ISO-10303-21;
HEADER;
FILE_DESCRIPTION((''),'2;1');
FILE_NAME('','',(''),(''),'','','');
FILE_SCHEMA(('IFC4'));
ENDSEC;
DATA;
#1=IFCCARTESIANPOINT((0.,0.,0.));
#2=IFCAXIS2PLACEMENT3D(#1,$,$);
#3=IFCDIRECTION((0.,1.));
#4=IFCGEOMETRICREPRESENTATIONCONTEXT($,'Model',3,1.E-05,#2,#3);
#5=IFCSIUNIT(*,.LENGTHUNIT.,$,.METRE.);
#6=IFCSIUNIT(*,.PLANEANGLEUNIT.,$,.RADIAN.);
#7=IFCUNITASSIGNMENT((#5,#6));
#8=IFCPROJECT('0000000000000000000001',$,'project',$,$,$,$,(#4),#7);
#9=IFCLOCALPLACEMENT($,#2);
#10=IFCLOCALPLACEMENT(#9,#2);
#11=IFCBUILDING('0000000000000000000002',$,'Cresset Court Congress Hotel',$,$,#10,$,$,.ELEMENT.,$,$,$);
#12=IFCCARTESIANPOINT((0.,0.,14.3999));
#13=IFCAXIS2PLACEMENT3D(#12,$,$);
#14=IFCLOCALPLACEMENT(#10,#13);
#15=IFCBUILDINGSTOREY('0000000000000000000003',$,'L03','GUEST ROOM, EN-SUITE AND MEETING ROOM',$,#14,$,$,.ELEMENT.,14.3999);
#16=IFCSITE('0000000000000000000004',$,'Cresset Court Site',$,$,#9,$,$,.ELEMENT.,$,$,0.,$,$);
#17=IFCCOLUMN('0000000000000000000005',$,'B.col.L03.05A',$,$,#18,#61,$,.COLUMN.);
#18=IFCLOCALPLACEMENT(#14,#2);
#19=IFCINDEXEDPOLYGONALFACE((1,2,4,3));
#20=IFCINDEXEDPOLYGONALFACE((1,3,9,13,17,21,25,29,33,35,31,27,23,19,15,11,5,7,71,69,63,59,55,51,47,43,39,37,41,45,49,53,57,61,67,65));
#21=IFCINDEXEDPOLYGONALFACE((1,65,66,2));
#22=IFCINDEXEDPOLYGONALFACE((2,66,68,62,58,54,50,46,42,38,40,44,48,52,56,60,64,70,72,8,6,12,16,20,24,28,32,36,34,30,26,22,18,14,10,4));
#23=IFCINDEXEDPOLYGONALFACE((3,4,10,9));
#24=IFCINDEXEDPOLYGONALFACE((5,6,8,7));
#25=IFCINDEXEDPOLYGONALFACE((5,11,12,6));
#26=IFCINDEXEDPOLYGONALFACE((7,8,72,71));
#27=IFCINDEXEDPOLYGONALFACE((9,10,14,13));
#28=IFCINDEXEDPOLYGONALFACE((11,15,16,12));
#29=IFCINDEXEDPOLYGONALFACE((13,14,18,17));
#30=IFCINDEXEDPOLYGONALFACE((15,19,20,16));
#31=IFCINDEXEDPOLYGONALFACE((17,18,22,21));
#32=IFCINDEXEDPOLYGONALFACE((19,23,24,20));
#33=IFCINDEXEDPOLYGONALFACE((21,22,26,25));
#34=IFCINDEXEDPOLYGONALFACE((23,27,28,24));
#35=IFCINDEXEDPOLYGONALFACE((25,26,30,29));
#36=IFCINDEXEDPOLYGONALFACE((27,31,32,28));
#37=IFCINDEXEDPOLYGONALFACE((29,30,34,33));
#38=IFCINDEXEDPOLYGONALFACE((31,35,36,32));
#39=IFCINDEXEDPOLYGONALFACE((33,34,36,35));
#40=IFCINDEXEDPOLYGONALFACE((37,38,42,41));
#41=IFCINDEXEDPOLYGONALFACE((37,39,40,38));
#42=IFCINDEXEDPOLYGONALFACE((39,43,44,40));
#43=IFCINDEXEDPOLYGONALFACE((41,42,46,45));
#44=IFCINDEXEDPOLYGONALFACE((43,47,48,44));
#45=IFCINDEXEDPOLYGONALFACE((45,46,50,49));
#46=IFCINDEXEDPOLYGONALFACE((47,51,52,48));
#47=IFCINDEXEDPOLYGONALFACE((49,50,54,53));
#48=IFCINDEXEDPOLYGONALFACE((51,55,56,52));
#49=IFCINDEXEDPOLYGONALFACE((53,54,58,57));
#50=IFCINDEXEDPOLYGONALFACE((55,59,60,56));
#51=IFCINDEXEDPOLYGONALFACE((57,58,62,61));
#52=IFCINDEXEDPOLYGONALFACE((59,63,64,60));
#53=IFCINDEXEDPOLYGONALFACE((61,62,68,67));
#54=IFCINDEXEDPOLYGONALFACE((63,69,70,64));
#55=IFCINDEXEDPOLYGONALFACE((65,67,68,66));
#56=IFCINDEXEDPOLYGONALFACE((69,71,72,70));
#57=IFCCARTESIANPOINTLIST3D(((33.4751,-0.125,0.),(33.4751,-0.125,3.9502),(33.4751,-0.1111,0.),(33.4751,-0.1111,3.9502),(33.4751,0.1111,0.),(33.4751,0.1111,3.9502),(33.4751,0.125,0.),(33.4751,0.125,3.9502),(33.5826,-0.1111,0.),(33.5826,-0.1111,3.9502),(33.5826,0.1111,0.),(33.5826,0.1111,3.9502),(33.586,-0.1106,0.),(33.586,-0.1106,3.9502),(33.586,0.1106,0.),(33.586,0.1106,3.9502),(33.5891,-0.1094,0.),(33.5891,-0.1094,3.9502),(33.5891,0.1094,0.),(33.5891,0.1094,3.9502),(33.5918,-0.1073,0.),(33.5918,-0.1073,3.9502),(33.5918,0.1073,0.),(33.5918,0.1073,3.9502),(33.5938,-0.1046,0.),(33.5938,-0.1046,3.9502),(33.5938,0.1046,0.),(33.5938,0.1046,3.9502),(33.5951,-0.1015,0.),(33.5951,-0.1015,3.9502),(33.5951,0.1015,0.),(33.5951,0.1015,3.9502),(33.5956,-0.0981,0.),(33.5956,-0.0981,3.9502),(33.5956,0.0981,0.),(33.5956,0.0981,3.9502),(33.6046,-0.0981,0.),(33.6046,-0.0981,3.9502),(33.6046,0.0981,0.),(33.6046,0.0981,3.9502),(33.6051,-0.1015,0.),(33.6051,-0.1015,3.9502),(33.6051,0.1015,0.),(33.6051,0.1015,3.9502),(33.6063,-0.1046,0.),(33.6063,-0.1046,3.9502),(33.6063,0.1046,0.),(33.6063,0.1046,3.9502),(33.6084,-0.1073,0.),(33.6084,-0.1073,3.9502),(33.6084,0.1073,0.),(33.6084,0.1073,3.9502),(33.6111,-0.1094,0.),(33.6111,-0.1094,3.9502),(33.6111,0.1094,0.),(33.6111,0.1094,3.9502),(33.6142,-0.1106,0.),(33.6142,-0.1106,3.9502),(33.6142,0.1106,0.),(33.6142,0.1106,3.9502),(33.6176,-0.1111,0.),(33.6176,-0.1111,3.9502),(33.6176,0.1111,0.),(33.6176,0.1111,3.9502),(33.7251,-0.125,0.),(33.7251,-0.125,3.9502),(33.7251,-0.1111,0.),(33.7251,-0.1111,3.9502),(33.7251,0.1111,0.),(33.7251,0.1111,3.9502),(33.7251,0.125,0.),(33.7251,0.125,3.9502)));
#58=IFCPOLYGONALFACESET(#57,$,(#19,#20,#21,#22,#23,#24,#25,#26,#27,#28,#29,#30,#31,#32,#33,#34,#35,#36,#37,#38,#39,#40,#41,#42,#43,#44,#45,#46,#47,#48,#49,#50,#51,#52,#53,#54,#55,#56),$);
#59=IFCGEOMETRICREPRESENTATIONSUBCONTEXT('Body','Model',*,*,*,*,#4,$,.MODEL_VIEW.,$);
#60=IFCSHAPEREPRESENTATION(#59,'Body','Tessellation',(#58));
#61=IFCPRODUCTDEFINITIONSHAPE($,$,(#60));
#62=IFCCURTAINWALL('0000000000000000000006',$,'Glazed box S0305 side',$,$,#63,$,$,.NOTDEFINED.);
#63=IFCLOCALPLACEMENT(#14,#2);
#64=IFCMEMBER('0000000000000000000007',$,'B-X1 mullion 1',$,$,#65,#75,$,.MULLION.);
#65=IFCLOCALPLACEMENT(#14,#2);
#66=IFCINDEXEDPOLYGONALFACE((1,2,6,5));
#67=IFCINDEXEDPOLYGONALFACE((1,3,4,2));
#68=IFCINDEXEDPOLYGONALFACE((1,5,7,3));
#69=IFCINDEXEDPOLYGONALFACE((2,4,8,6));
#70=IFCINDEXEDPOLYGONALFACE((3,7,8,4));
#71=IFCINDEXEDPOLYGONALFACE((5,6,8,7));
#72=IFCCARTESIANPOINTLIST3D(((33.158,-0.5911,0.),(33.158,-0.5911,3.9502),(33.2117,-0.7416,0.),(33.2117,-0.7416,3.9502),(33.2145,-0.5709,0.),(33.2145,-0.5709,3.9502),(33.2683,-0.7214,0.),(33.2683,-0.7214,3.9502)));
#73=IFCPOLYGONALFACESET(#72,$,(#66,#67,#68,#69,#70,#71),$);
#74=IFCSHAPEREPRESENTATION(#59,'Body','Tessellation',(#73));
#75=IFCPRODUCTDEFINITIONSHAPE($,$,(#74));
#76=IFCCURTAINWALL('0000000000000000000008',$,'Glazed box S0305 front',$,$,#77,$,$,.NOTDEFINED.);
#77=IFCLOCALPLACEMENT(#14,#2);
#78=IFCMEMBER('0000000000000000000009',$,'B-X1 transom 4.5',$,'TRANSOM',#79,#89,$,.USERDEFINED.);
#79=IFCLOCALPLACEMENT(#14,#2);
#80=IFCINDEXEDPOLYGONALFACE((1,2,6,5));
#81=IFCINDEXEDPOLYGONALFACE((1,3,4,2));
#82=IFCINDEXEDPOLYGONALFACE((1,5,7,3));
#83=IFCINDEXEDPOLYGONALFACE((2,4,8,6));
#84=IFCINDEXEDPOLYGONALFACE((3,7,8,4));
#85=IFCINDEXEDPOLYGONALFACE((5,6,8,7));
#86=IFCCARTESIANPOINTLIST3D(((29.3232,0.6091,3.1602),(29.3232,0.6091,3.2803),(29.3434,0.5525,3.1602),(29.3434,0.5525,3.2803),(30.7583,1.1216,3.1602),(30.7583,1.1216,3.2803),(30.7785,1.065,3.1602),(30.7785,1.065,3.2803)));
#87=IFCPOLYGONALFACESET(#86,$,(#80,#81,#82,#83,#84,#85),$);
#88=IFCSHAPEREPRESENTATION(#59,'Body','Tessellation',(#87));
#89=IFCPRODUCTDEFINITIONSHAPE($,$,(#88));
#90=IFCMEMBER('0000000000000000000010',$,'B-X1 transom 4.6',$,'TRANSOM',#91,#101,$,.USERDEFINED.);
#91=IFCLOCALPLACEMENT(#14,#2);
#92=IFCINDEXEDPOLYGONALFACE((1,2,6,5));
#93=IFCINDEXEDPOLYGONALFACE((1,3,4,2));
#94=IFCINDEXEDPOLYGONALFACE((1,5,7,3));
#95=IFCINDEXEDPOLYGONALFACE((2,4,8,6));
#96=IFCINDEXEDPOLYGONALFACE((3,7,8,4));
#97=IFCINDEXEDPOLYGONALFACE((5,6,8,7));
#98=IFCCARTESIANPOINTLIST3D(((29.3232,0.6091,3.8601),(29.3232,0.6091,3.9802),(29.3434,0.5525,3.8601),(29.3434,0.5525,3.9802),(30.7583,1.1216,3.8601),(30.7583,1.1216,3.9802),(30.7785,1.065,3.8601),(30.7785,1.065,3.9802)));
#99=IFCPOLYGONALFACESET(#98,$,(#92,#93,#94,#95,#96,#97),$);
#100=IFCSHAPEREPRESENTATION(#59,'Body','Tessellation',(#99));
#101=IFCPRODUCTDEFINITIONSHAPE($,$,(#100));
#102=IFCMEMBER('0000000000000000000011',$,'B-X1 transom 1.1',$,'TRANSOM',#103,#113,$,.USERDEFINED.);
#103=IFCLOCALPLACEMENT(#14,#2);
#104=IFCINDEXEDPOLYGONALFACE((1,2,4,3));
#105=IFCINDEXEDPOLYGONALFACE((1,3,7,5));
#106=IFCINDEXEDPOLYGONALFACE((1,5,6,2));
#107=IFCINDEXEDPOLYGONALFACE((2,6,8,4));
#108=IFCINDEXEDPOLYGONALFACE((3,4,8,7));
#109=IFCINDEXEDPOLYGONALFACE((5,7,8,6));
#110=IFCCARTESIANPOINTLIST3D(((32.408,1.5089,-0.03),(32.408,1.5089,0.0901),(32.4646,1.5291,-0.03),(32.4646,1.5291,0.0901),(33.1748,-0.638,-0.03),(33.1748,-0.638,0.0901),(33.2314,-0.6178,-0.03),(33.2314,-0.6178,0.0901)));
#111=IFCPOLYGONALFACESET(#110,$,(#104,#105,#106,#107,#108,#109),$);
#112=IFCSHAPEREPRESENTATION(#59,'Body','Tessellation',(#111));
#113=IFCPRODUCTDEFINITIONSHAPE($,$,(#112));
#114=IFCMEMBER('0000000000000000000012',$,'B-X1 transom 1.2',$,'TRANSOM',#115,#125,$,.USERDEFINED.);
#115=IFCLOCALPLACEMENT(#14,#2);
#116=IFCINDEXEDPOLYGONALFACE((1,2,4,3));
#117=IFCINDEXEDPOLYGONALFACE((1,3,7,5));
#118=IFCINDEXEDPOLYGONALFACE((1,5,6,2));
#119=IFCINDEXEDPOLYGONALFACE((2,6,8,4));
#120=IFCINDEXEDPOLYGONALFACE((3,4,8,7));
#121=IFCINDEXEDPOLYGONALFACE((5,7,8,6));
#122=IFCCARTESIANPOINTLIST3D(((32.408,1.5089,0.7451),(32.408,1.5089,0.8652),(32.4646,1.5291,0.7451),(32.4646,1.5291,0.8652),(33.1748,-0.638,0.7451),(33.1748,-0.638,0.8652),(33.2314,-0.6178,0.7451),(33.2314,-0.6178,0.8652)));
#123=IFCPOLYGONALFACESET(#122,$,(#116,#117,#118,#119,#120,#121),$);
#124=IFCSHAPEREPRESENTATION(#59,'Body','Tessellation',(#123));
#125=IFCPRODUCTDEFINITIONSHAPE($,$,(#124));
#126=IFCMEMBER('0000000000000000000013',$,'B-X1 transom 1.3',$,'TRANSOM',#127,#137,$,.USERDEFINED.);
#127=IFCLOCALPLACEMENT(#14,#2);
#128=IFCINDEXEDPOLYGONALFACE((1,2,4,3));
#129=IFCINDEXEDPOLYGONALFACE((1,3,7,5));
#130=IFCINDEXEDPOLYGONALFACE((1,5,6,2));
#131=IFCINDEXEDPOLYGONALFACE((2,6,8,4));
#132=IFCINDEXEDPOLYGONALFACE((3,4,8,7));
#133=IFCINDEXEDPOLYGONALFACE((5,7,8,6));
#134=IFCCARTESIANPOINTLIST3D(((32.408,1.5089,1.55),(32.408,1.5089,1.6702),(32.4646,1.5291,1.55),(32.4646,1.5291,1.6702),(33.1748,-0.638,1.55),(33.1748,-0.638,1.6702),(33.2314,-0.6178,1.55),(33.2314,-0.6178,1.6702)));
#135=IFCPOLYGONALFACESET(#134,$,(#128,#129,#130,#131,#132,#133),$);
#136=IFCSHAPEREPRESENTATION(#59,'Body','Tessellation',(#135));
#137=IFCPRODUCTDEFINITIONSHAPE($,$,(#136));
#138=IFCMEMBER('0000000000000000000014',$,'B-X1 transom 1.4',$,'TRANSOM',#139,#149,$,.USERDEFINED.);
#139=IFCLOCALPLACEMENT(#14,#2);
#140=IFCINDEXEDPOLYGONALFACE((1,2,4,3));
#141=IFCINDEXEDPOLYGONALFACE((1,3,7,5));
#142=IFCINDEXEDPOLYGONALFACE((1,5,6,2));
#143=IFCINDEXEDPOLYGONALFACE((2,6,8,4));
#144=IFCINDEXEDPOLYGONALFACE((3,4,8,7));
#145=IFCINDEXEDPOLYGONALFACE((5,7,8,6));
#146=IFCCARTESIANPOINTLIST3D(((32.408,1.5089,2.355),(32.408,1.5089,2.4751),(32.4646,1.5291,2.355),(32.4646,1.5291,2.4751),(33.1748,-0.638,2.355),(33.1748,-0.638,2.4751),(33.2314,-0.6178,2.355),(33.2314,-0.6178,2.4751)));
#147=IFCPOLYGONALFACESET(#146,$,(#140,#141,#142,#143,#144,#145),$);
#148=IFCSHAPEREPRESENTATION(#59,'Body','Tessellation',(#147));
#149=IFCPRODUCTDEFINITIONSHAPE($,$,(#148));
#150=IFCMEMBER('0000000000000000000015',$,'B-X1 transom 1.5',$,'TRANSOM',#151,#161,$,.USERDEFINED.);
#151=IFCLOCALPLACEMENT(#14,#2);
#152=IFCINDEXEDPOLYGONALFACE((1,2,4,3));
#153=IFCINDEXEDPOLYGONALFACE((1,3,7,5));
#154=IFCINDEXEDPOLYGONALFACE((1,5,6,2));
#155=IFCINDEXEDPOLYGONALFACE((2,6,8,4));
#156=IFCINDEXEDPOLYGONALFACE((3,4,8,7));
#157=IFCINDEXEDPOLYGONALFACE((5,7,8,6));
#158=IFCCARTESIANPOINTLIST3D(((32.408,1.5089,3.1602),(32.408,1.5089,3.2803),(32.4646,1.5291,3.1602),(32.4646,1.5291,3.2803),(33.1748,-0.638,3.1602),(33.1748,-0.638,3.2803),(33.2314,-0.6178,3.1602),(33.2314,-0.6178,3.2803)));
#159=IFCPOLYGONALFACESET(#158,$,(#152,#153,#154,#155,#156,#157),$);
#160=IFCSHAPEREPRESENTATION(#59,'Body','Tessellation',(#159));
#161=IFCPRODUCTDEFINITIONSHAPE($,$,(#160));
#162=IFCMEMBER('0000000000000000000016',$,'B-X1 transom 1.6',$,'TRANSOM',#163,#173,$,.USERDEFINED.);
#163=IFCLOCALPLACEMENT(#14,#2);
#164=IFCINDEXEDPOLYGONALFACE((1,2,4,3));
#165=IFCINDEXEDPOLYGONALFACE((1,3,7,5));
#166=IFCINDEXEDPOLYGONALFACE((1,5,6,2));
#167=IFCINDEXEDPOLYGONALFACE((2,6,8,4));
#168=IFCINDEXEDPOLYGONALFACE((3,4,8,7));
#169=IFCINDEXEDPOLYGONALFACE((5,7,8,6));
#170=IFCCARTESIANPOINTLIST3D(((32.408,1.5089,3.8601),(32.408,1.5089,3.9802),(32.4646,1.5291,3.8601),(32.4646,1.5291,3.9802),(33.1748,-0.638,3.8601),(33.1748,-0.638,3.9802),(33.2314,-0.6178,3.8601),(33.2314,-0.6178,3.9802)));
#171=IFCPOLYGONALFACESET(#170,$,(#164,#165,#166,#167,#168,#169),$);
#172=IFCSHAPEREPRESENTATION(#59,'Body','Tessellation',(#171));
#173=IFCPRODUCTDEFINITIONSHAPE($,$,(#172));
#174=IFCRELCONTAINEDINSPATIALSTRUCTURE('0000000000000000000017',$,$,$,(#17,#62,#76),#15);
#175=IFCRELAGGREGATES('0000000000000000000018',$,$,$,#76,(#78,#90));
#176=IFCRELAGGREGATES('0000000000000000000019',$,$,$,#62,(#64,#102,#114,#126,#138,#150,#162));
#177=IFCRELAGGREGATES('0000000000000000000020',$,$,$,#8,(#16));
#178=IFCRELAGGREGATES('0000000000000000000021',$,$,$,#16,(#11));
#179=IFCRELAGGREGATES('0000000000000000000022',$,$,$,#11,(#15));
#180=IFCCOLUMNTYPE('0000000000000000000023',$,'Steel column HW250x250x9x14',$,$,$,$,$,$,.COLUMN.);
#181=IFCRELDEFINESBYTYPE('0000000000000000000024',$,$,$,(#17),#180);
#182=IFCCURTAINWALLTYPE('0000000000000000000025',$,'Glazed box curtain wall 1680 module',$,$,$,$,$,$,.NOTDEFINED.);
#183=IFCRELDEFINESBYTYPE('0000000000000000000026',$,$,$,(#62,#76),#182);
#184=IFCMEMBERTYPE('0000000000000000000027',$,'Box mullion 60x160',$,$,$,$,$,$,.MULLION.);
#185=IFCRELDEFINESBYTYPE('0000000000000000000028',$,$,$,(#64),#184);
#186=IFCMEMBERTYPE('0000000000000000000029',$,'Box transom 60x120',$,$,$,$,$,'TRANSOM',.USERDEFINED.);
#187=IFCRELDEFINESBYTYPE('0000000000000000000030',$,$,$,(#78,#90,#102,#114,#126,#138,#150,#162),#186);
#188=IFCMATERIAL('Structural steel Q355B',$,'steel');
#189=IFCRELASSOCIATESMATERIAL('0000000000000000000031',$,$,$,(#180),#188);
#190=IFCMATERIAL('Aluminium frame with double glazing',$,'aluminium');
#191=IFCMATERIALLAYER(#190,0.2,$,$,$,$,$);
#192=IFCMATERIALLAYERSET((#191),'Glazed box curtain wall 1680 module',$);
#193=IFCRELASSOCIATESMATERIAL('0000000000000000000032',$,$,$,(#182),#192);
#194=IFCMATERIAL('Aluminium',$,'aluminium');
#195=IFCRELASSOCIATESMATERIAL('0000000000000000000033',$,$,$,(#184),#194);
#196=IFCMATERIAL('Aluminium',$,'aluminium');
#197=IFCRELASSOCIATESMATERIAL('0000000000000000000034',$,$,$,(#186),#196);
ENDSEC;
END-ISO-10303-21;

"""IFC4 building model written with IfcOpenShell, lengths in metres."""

from ifc_helpers import new_model, si_unit, direction, frame, origin, origin_2d, place, context, subcontext, project, spatial, rectangle, i_section, extrude, material, layer, layer_set, material_profile, profile_set, type_object, element, aggregate, save


model = new_model("IFC4")

# Units and contexts
model_context = context("Model", 3, precision=1e-05, world=origin(), true_north=direction((0.0, 1.0)))
body_context = subcontext(model_context, "Body", "Model", "MODEL_VIEW")
ifc_project = project(units=[si_unit("LENGTHUNIT", "METRE"), si_unit("PLANEANGLEUNIT", "RADIAN")], contexts=[model_context])

# Site, building, storey
site_placement = place(None, origin())
site = spatial("IfcSite", under=ifc_project, at=site_placement, Name="Cresset Court Site", CompositionType="ELEMENT", RefElevation=0.0)
building_placement = place(site_placement, origin())
building = spatial("IfcBuilding", under=site, at=building_placement, Name="Cresset Court Congress Hotel", CompositionType="ELEMENT")
storey_placement = place(building_placement, frame((0.0, 0.0, 14.3999)))
storey = spatial("IfcBuildingStorey", under=building, at=storey_placement, Name="L03", Description="GUEST ROOM, EN-SUITE AND MEETING ROOM", CompositionType="ELEMENT", Elevation=14.3999)

# Column
ifc_material_1 = material(Name="Structural steel Q355B", Category="steel")
ifc_material_profile_1 = material_profile(ifc_material_1, i_section(OverallWidth=0.25, OverallDepth=0.25, WebThickness=0.009, FlangeThickness=0.0139, FilletRadius=0.0129, at=origin_2d()), Name="HW250x250x9x14")
ifc_profile_set_1 = profile_set([ifc_material_profile_1], Name="Structural steel Q355B")
column_type = type_object("IfcColumnType", Name="Steel column HW250x250x9x14", PredefinedType="COLUMN", material=ifc_profile_set_1)
column_placement = place(storey_placement, frame((33.6001, 0.0, 0.0), z_axis=(0.0, 0.0, 1.0), x_axis=(1.0, 0.0, 0.0)))
element("IfcColumn", 1, at=column_placement, inside=storey, type_object=column_type, Name="B.col.L03.05A", PredefinedType="COLUMN", context=body_context, shape_type="SweptSolid", body=[
    extrude(i_section(OverallWidth=0.25, OverallDepth=0.25, WebThickness=0.009, FlangeThickness=0.0139, FilletRadius=0.0129, at=origin_2d()), origin(), (0.0, 0.0, 1.0), 3.9502),
])

# Curtain wall, member
ifc_material_2 = material(Name="Aluminium frame with double glazing", Category="aluminium")
ifc_layer_1 = layer(ifc_material_2, 0.2)
ifc_layer_set_1 = layer_set([ifc_layer_1], Name="Glazed box curtain wall 1680 module")
curtain_wall_type = type_object("IfcCurtainWallType", Name="Glazed box curtain wall 1680 module", PredefinedType="NOTDEFINED", material=ifc_layer_set_1)
curtain_wall_1_placement = place(storey_placement, origin())
curtain_wall_1 = element("IfcCurtainWall", 2, at=curtain_wall_1_placement, inside=storey, type_object=curtain_wall_type, Name="Glazed box S0305 side", PredefinedType="NOTDEFINED")
ifc_material_3 = material(Name="Aluminium", Category="aluminium")
ifc_material_profile_2 = material_profile(ifc_material_3, rectangle(XDim=0.0601, YDim=0.1599, at=origin_2d()), Name="Box mullion 60x160")
ifc_profile_set_2 = profile_set([ifc_material_profile_2], Name="Aluminium")
member_type_1 = type_object("IfcMemberType", Name="Box mullion 60x160", PredefinedType="MULLION", material=ifc_profile_set_2)
member_1_placement = place(storey_placement, frame((33.2131, -0.6562, 0.0), z_axis=(0.0, 0.0, 1.0), x_axis=(-0.941742, -0.336336, 0.0)))
member_1 = element("IfcMember", 3, at=member_1_placement, type_object=member_type_1, Name="B-X1 mullion 1", PredefinedType="MULLION", context=body_context, shape_type="SweptSolid", body=[
    extrude(rectangle(XDim=0.0601, YDim=0.1599, at=origin_2d()), origin(), (0.0, 0.0, 1.0), 3.9502),
])

# Curtain wall, members
curtain_wall_2_placement = place(storey_placement, origin())
curtain_wall_2 = element("IfcCurtainWall", 4, at=curtain_wall_2_placement, inside=storey, type_object=curtain_wall_type, Name="Glazed box S0305 front", PredefinedType="NOTDEFINED")
ifc_material_4 = material(Name="Aluminium", Category="aluminium")
ifc_material_profile_3 = material_profile(ifc_material_4, rectangle(XDim=0.0601, YDim=0.1201, at=origin_2d()), Name="Box transom 60x120")
ifc_profile_set_3 = profile_set([ifc_material_profile_3], Name="Aluminium")
member_type_2 = type_object("IfcMemberType", Name="Box transom 60x120", ElementType="TRANSOM", PredefinedType="USERDEFINED", material=ifc_profile_set_3)
member_2_placement = place(storey_placement, frame((29.3333, 0.5808, 3.2202), z_axis=(0.941756, 0.336296, 0.0), x_axis=(-0.336296, 0.941756, 0.0)))
member_2 = element("IfcMember", 5, at=member_2_placement, type_object=member_type_2, Name="B-X1 transom 4.5", ObjectType="TRANSOM", PredefinedType="USERDEFINED", context=body_context, shape_type="SweptSolid", body=[
    extrude(rectangle(XDim=0.0601, YDim=0.1201, at=origin_2d()), origin(), (0.0, 0.0, 1.0), 1.5239),
])
member_3_placement = place(storey_placement, frame((29.3333, 0.5808, 3.9202), z_axis=(0.941756, 0.336296, 0.0), x_axis=(-0.336296, 0.941756, 0.0)))
member_3 = element("IfcMember", 6, at=member_3_placement, type_object=member_type_2, Name="B-X1 transom 4.6", ObjectType="TRANSOM", PredefinedType="USERDEFINED", context=body_context, shape_type="SweptSolid", body=[
    extrude(rectangle(XDim=0.0601, YDim=0.1201, at=origin_2d()), origin(), (0.0, 0.0, 1.0), 1.5239),
])
aggregate(curtain_wall_2, [member_2, member_3])

# Members
member_4_placement = place(storey_placement, frame((33.2031, -0.6279, 0.03), z_axis=(-0.336364, 0.941732, 0.0), x_axis=(-0.941732, -0.336364, 0.0)))
member_4 = element("IfcMember", 7, at=member_4_placement, type_object=member_type_2, Name="B-X1 transom 1.1", ObjectType="TRANSOM", PredefinedType="USERDEFINED", context=body_context, shape_type="SweptSolid", body=[
    extrude(rectangle(XDim=0.0601, YDim=0.1201, at=origin_2d()), origin(), (0.0, 0.0, 1.0), 2.2798),
])
member_5_placement = place(storey_placement, frame((33.2031, -0.6279, 0.8052), z_axis=(-0.336364, 0.941732, 0.0), x_axis=(-0.941732, -0.336364, 0.0)))
member_5 = element("IfcMember", 8, at=member_5_placement, type_object=member_type_2, Name="B-X1 transom 1.2", ObjectType="TRANSOM", PredefinedType="USERDEFINED", context=body_context, shape_type="SweptSolid", body=[
    extrude(rectangle(XDim=0.0601, YDim=0.1201, at=origin_2d()), origin(), (0.0, 0.0, 1.0), 2.2798),
])
member_6_placement = place(storey_placement, frame((33.2031, -0.6279, 1.6101), z_axis=(-0.336364, 0.941732, 0.0), x_axis=(-0.941732, -0.336364, 0.0)))
member_6 = element("IfcMember", 9, at=member_6_placement, type_object=member_type_2, Name="B-X1 transom 1.3", ObjectType="TRANSOM", PredefinedType="USERDEFINED", context=body_context, shape_type="SweptSolid", body=[
    extrude(rectangle(XDim=0.0601, YDim=0.1201, at=origin_2d()), origin(), (0.0, 0.0, 1.0), 2.2798),
])
member_7_placement = place(storey_placement, frame((33.2031, -0.6279, 2.415), z_axis=(-0.336364, 0.941732, 0.0), x_axis=(-0.941732, -0.336364, 0.0)))
member_7 = element("IfcMember", 10, at=member_7_placement, type_object=member_type_2, Name="B-X1 transom 1.4", ObjectType="TRANSOM", PredefinedType="USERDEFINED", context=body_context, shape_type="SweptSolid", body=[
    extrude(rectangle(XDim=0.0601, YDim=0.1201, at=origin_2d()), origin(), (0.0, 0.0, 1.0), 2.2798),
])
member_8_placement = place(storey_placement, frame((33.2031, -0.6279, 3.2202), z_axis=(-0.336364, 0.941732, 0.0), x_axis=(-0.941732, -0.336364, 0.0)))
member_8 = element("IfcMember", 11, at=member_8_placement, type_object=member_type_2, Name="B-X1 transom 1.5", ObjectType="TRANSOM", PredefinedType="USERDEFINED", context=body_context, shape_type="SweptSolid", body=[
    extrude(rectangle(XDim=0.0601, YDim=0.1201, at=origin_2d()), origin(), (0.0, 0.0, 1.0), 2.2798),
])
member_9_placement = place(storey_placement, frame((33.2031, -0.6279, 3.9202), z_axis=(-0.336364, 0.941732, 0.0), x_axis=(-0.941732, -0.336364, 0.0)))
member_9 = element("IfcMember", 12, at=member_9_placement, type_object=member_type_2, Name="B-X1 transom 1.6", ObjectType="TRANSOM", PredefinedType="USERDEFINED", context=body_context, shape_type="SweptSolid", body=[
    extrude(rectangle(XDim=0.0601, YDim=0.1201, at=origin_2d()), origin(), (0.0, 0.0, 1.0), 2.2798),
])

aggregate(curtain_wall_1, [member_1, member_4, member_5, member_6, member_7, member_8, member_9])

save(model, "model.ifc")
